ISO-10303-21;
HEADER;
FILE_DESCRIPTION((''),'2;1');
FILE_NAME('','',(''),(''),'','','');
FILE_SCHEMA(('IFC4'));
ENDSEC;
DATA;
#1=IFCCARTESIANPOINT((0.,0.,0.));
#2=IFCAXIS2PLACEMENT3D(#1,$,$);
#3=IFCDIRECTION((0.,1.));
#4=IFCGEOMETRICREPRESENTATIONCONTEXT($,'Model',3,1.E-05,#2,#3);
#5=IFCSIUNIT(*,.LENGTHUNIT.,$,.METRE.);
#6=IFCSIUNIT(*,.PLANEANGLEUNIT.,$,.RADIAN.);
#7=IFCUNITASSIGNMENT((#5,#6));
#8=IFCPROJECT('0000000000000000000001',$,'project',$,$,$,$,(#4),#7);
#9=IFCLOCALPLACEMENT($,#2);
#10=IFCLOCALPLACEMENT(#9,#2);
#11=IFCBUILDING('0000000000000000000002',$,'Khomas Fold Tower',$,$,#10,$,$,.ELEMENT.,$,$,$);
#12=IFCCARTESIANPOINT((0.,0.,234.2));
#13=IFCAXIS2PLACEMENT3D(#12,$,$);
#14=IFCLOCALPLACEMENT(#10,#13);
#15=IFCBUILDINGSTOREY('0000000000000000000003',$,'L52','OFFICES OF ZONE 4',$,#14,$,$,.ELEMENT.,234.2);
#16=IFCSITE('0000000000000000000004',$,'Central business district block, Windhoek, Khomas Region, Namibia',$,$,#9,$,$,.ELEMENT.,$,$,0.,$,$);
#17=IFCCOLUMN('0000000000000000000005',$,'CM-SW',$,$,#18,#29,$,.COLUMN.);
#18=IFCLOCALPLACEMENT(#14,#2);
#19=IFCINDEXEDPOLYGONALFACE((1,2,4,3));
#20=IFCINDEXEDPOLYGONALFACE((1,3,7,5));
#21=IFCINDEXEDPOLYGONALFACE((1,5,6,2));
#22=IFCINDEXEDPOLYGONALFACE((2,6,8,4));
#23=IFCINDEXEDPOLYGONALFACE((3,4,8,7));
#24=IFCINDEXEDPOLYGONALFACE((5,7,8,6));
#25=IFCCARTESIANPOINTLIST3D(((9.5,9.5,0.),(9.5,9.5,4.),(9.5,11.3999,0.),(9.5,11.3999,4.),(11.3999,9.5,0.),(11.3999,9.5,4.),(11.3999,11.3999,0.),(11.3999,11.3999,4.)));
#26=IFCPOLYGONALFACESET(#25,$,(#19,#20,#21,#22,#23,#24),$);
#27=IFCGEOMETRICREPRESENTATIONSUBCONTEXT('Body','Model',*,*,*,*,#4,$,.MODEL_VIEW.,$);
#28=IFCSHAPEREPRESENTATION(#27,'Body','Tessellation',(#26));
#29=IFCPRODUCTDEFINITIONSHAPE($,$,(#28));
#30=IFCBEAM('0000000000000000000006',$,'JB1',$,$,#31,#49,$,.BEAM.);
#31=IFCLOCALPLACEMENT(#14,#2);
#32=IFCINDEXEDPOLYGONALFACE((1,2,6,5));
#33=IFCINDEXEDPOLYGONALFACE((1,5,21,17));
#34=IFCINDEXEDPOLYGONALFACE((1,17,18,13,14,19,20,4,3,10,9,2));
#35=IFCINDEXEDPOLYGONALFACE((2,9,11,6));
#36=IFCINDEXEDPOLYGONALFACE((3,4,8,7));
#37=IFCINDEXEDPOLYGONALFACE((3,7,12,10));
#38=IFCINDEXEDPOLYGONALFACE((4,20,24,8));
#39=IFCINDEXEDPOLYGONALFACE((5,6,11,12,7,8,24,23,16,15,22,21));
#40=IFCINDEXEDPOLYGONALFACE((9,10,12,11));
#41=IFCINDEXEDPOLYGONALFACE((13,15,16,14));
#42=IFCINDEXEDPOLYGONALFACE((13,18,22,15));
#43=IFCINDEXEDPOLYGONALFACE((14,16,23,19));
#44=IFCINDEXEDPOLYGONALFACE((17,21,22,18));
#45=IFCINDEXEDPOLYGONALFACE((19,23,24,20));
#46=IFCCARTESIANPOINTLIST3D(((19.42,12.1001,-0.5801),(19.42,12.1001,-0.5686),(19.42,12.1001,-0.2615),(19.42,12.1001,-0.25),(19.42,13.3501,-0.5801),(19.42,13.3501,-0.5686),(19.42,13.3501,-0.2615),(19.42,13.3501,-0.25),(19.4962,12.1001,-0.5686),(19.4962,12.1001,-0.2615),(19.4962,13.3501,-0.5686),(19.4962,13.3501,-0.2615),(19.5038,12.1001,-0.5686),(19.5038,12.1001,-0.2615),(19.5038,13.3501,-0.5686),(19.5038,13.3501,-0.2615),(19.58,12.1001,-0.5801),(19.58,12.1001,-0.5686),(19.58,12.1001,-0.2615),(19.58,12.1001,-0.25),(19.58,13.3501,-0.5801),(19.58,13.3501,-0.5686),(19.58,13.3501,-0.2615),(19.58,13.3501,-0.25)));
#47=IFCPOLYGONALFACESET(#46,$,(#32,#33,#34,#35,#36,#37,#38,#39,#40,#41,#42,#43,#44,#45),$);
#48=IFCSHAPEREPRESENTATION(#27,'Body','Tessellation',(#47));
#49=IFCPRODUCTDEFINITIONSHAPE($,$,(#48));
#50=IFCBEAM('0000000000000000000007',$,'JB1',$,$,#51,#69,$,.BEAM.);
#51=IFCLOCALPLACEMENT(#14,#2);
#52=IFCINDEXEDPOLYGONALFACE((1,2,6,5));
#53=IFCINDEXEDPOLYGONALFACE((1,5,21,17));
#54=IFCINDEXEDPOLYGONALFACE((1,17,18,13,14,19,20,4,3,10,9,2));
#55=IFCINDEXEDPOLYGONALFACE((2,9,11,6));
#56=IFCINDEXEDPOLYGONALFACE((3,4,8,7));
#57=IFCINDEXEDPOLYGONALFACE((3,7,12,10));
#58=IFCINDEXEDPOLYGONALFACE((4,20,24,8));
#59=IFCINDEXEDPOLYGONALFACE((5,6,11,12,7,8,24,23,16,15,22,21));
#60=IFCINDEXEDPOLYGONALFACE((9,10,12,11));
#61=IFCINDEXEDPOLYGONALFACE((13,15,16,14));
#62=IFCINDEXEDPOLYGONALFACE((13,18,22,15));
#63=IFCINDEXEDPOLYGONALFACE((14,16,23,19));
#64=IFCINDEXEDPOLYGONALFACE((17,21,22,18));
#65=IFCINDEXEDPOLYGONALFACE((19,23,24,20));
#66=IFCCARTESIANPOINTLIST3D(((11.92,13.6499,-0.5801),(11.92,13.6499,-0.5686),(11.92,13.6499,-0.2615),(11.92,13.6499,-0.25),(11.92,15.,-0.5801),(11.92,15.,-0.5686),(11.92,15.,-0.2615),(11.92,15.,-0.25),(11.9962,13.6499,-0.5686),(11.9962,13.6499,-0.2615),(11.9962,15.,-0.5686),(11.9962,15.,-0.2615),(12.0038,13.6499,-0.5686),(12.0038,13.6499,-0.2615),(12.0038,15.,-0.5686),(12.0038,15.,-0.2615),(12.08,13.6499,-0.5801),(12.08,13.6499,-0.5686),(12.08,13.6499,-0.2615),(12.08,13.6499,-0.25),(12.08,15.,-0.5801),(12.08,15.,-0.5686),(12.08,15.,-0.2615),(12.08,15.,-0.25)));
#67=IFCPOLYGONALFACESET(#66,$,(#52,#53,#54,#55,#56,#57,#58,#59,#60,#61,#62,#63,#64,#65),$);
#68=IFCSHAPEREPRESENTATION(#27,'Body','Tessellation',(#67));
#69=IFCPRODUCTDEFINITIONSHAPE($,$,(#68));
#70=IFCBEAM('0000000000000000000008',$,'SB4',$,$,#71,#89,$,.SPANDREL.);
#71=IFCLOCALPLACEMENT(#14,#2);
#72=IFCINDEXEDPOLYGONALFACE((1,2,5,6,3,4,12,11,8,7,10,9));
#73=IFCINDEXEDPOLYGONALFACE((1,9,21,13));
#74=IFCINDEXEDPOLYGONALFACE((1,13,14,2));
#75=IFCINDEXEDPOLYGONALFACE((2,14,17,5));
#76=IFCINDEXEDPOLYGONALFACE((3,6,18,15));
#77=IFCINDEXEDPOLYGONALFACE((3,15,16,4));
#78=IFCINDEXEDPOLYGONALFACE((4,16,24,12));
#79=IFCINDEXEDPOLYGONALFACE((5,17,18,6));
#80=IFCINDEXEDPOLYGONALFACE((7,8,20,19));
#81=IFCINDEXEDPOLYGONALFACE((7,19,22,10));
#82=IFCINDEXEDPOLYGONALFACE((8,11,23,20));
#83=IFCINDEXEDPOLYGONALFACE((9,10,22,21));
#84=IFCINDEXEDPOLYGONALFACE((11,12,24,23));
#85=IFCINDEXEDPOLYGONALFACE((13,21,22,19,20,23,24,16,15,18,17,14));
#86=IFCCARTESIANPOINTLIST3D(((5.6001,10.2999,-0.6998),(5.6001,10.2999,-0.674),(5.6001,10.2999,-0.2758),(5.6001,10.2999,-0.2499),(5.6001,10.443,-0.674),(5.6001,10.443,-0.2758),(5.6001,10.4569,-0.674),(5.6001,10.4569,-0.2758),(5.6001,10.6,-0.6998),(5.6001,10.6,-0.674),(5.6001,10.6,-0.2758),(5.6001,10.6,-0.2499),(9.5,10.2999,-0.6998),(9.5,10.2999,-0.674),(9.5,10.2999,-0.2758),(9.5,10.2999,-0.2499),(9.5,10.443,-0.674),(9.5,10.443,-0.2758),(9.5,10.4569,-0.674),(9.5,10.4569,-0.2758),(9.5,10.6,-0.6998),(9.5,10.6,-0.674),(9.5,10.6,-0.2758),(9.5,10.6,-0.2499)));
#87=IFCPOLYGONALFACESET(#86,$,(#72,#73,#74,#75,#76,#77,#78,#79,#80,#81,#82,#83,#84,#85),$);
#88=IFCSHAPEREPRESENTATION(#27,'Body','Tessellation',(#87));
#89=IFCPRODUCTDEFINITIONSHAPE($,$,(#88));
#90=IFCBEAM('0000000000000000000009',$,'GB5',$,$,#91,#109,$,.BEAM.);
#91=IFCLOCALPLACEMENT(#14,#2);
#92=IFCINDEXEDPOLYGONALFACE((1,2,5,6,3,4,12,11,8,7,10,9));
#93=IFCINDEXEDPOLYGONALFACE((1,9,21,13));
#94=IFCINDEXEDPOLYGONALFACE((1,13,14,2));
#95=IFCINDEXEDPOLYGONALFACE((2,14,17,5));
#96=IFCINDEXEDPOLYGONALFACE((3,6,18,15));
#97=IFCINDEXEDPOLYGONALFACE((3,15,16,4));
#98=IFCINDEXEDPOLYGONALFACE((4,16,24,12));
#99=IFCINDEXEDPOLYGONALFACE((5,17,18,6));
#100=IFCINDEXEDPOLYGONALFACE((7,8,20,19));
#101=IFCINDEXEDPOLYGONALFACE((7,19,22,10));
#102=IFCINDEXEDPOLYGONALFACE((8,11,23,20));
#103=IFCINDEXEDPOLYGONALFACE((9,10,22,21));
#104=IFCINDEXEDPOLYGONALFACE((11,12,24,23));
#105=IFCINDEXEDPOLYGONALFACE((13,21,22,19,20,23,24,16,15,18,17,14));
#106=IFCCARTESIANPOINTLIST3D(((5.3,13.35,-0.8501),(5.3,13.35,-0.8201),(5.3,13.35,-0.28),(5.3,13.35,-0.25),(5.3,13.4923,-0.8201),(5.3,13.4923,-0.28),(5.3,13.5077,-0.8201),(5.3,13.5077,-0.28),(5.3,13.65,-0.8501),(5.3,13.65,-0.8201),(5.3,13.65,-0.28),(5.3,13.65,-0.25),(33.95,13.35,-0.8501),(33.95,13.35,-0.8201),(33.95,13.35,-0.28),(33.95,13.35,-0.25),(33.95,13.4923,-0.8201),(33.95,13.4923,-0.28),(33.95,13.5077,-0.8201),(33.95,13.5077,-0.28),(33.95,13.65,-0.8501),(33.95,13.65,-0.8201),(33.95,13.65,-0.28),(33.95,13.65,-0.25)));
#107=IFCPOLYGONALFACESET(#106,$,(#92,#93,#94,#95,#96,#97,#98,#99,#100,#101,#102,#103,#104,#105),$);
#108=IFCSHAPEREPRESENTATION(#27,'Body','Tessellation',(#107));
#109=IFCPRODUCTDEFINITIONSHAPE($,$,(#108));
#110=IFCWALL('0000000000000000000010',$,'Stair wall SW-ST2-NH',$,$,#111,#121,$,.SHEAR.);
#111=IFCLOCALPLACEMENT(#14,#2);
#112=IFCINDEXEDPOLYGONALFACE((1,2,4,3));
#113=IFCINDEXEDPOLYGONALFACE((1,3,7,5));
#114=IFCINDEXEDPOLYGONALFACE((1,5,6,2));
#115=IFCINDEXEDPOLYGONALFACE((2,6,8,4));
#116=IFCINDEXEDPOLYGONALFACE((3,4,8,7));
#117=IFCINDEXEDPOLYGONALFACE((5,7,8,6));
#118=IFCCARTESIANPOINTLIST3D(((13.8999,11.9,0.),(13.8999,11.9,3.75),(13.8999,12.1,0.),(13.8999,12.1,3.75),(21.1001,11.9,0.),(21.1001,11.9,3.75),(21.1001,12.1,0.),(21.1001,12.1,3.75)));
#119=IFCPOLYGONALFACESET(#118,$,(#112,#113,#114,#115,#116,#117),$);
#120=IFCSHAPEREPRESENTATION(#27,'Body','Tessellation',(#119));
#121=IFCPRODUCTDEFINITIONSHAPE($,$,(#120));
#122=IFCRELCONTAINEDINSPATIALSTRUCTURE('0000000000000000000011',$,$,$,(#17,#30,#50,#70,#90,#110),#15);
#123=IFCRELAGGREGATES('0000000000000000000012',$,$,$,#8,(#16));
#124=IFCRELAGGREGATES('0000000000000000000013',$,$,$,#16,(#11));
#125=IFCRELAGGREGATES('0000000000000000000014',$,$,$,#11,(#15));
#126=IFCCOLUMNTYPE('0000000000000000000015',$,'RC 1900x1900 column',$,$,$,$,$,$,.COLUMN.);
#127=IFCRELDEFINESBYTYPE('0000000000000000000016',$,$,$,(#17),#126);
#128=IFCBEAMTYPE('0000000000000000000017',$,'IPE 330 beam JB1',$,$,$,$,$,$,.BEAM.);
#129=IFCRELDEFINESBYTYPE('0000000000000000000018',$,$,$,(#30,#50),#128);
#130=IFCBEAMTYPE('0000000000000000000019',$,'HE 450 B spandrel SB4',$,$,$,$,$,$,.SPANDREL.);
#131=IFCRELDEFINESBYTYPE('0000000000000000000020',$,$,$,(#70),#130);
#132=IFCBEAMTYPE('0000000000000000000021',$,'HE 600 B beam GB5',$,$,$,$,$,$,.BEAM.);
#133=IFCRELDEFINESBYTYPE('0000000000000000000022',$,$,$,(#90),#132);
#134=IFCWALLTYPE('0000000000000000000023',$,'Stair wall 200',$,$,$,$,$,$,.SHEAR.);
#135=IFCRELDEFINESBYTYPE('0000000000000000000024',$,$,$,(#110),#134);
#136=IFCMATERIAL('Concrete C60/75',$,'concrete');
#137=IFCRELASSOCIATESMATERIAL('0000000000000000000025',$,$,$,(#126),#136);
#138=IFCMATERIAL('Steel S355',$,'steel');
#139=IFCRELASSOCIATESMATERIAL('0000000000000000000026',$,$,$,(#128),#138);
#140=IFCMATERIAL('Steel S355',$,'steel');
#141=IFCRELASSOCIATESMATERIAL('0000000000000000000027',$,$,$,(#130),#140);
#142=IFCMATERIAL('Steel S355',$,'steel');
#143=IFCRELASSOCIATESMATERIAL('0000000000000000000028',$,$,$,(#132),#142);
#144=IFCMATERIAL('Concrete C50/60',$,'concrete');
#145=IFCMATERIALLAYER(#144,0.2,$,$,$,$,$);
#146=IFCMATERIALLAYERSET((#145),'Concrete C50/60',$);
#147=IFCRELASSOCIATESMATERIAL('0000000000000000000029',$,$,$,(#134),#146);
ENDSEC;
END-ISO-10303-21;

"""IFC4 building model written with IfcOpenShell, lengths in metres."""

from ifc_helpers import new_model, si_unit, direction, frame, frame_2d, origin, origin_2d, place, context, subcontext, project, spatial, rectangle, i_section, extrude, source, transform, mapped, material, layer, layer_set, material_profile, profile_set, type_object, element, save


model = new_model("IFC4")

# Units and contexts
model_context = context("Model", 3, precision=1e-05, world=origin(), true_north=direction((0.0, 1.0)))
body_context = subcontext(model_context, "Body", "Model", "MODEL_VIEW")
ifc_project = project(units=[si_unit("LENGTHUNIT", "METRE"), si_unit("PLANEANGLEUNIT", "RADIAN")], contexts=[model_context])

# Site, building, storey
site_placement = place(None, origin())
site = spatial("IfcSite", under=ifc_project, at=site_placement, Name="Central business district block, Windhoek, Khomas Region, Namibia", CompositionType="ELEMENT", RefElevation=0.0)
building_placement = place(site_placement, origin())
building = spatial("IfcBuilding", under=site, at=building_placement, Name="Khomas Fold Tower", CompositionType="ELEMENT")
storey_placement = place(building_placement, frame((0.0, 0.0, 234.2)))
storey = spatial("IfcBuildingStorey", under=building, at=storey_placement, Name="L52", Description="OFFICES OF ZONE 4", CompositionType="ELEMENT", Elevation=234.2)

# Column
ifc_material_1 = material(Name="Concrete C60/75", Category="concrete")
ifc_material_profile_1 = material_profile(ifc_material_1, rectangle(XDim=1.8999, YDim=1.8999, at=origin_2d()), Name="RC 1900x1900")
ifc_profile_set_1 = profile_set([ifc_material_profile_1], Name="Concrete C60/75")
column_type = type_object("IfcColumnType", Name="RC 1900x1900 column", PredefinedType="COLUMN", material=ifc_profile_set_1)
shared_shape_1 = source(origin(), body_context, "Body", "SweptSolid", [
    extrude(rectangle(XDim=1.8999, YDim=1.8999, at=origin_2d()), origin(), (0.0, 0.0, 1.0), 4.0),
])
column_placement = place(storey_placement, frame((10.45, 10.45, 0.0), z_axis=(0.0, 0.0, 1.0), x_axis=(1.0, 0.0, 0.0)))
element("IfcColumn", 1, at=column_placement, inside=storey, type_object=column_type, Name="CM-SW", PredefinedType="COLUMN", context=body_context, shape_type="MappedRepresentation", body=[
    mapped(shared_shape_1, transform((0.0, 0.0, 0.0))),
])

# Beams
ifc_material_2 = material(Name="Steel S355", Category="steel")
ifc_material_profile_2 = material_profile(ifc_material_2, i_section(OverallWidth=0.1599, OverallDepth=0.3301, WebThickness=0.0076, FlangeThickness=0.0115, at=origin_2d()), Name="IPE 330")
ifc_profile_set_2 = profile_set([ifc_material_profile_2], Name="Steel S355")
beam_type_1 = type_object("IfcBeamType", Name="IPE 330 beam JB1", PredefinedType="BEAM", material=ifc_profile_set_2)
shared_shape_2 = source(origin(), body_context, "Body", "SweptSolid", [
    extrude(i_section(OverallWidth=0.1599, OverallDepth=0.3301, WebThickness=0.0076, FlangeThickness=0.0115, at=origin_2d()), origin(), (0.0, 0.0, 1.0), 1.25),
])
beam_1_placement = place(storey_placement, frame((19.5, 12.1001, -0.415), z_axis=(0.0, 1.0, 0.0), x_axis=(-1.0, 0.0, 0.0)))
element("IfcBeam", 2, at=beam_1_placement, inside=storey, type_object=beam_type_1, Name="JB1", PredefinedType="BEAM", context=body_context, shape_type="MappedRepresentation", body=[
    mapped(shared_shape_2, transform((0.0, 0.0, 0.0))),
])
shared_shape_3 = source(origin(), body_context, "Body", "SweptSolid", [
    extrude(i_section(OverallWidth=0.1599, OverallDepth=0.3301, WebThickness=0.0076, FlangeThickness=0.0115, at=origin_2d()), origin(), (0.0, 0.0, 1.0), 1.3501),
])
beam_2_placement = place(storey_placement, frame((12.0, 13.6499, -0.415), z_axis=(0.0, 1.0, 0.0), x_axis=(-1.0, 0.0, 0.0)))
element("IfcBeam", 3, at=beam_2_placement, inside=storey, type_object=beam_type_1, Name="JB1", PredefinedType="BEAM", context=body_context, shape_type="MappedRepresentation", body=[
    mapped(shared_shape_3, transform((0.0, 0.0, 0.0))),
])
ifc_material_3 = material(Name="Steel S355", Category="steel")
ifc_material_profile_3 = material_profile(ifc_material_3, i_section(OverallWidth=0.3, OverallDepth=0.45, WebThickness=0.0139, FlangeThickness=0.0259, at=origin_2d()), Name="HE 450 B")
ifc_profile_set_3 = profile_set([ifc_material_profile_3], Name="Steel S355")
beam_type_2 = type_object("IfcBeamType", Name="HE 450 B spandrel SB4", PredefinedType="SPANDREL", material=ifc_profile_set_3)
shared_shape_4 = source(origin(), body_context, "Body", "SweptSolid", [
    extrude(i_section(OverallWidth=0.3, OverallDepth=0.45, WebThickness=0.0139, FlangeThickness=0.0259, at=origin_2d()), origin(), (0.0, 0.0, 1.0), 3.8999),
])
beam_3_placement = place(storey_placement, frame((5.6001, 10.45, -0.4749), z_axis=(1.0, 0.0, 0.0), x_axis=(0.0, 1.0, 0.0)))
element("IfcBeam", 4, at=beam_3_placement, inside=storey, type_object=beam_type_2, Name="SB4", PredefinedType="SPANDREL", context=body_context, shape_type="MappedRepresentation", body=[
    mapped(shared_shape_4, transform((0.0, 0.0, 0.0))),
])
ifc_material_4 = material(Name="Steel S355", Category="steel")
ifc_material_profile_4 = material_profile(ifc_material_4, i_section(OverallWidth=0.3, OverallDepth=0.6001, WebThickness=0.0154, FlangeThickness=0.03, at=origin_2d()), Name="HE 600 B")
ifc_profile_set_4 = profile_set([ifc_material_profile_4], Name="Steel S355")
beam_type_3 = type_object("IfcBeamType", Name="HE 600 B beam GB5", PredefinedType="BEAM", material=ifc_profile_set_4)
shared_shape_5 = source(origin(), body_context, "Body", "SweptSolid", [
    extrude(i_section(OverallWidth=0.3, OverallDepth=0.6001, WebThickness=0.0154, FlangeThickness=0.03, at=origin_2d()), origin(), (0.0, 0.0, 1.0), 28.6499),
])
beam_4_placement = place(storey_placement, frame((5.3, 13.5, -0.55), z_axis=(1.0, 0.0, 0.0), x_axis=(0.0, 1.0, 0.0)))
element("IfcBeam", 5, at=beam_4_placement, inside=storey, type_object=beam_type_3, Name="GB5", PredefinedType="BEAM", context=body_context, shape_type="MappedRepresentation", body=[
    mapped(shared_shape_5, transform((0.0, 0.0, 0.0))),
])

# Wall
ifc_material_5 = material(Name="Concrete C50/60", Category="concrete")
ifc_layer_1 = layer(ifc_material_5, 0.2)
ifc_layer_set_1 = layer_set([ifc_layer_1], Name="Concrete C50/60")
wall_type_1 = type_object("IfcWallType", Name="Stair wall 200", PredefinedType="SHEAR", material=ifc_layer_set_1)
shared_shape_6 = source(origin(), body_context, "Body", "SweptSolid", [
    extrude(rectangle(XDim=7.2002, YDim=0.2, at=frame_2d((3.6001, 0.0))), origin(), (0.0, 0.0, 1.0), 3.75),
])
wall_1_placement = place(storey_placement, frame((13.8999, 12.0, 0.0), z_axis=(0.0, 0.0, 1.0), x_axis=(1.0, 0.0, 0.0)))
element("IfcWall", 6, at=wall_1_placement, inside=storey, type_object=wall_type_1, Name="Stair wall SW-ST2-NH", PredefinedType="SHEAR", context=body_context, shape_type="MappedRepresentation", body=[
    mapped(shared_shape_6, transform((0.0, 0.0, 0.0))),
])

save(model, "model.ifc")
